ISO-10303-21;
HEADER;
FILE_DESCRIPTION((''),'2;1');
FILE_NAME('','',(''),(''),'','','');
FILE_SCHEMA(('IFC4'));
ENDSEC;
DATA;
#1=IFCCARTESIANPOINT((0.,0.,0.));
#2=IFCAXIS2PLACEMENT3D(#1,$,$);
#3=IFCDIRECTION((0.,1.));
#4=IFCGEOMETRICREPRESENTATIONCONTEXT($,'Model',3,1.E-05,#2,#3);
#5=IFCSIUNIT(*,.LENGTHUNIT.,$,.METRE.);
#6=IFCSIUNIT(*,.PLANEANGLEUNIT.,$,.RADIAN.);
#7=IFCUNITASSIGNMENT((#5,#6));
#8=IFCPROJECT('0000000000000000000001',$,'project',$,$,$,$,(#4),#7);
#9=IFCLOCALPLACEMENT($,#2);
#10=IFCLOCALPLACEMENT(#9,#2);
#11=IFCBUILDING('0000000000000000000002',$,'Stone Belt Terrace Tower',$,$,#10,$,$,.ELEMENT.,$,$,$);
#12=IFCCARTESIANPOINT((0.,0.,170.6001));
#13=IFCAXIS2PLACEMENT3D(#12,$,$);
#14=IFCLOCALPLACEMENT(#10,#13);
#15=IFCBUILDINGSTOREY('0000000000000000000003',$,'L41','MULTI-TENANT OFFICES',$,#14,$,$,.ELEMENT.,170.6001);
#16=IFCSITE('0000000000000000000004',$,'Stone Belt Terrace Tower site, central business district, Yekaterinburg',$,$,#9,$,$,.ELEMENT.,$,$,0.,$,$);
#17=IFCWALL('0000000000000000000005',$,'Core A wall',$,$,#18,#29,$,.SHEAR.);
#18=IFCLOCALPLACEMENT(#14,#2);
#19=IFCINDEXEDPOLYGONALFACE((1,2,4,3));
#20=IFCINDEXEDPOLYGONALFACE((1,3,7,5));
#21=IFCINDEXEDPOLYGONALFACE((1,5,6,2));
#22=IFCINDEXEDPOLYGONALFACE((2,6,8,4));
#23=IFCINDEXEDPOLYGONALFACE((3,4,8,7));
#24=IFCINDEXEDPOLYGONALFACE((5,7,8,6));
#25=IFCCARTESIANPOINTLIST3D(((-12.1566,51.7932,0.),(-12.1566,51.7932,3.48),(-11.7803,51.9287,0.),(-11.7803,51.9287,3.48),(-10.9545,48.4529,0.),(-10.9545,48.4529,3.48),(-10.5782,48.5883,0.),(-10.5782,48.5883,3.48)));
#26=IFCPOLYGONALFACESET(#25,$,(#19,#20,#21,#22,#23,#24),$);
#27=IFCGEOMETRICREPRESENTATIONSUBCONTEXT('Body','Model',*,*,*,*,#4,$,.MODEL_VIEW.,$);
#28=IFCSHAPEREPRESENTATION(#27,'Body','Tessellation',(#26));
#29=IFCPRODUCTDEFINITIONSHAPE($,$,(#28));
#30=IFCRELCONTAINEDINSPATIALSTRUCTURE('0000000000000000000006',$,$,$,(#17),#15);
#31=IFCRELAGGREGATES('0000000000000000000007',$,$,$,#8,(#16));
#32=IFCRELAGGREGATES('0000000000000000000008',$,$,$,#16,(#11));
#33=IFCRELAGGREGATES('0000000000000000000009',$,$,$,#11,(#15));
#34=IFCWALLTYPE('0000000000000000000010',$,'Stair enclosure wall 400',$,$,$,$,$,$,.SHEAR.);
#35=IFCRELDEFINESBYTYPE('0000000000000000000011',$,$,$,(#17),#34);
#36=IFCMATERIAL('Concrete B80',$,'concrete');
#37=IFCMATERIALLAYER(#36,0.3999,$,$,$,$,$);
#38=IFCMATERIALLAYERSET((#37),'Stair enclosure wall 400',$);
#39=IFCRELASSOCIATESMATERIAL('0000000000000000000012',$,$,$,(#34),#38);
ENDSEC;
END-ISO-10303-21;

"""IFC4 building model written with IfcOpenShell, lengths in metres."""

from ifc_helpers import new_model, si_unit, direction, frame, frame_2d, origin, place, context, subcontext, project, spatial, rectangle, extrude, material, layer, layer_set, type_object, element, save


model = new_model("IFC4")

# Units and contexts
model_context = context("Model", 3, precision=1e-05, world=origin(), true_north=direction((0.0, 1.0)))
body_context = subcontext(model_context, "Body", "Model", "MODEL_VIEW")
ifc_project = project(units=[si_unit("LENGTHUNIT", "METRE"), si_unit("PLANEANGLEUNIT", "RADIAN")], contexts=[model_context])

# Site, building, storey
site_placement = place(None, origin())
site = spatial("IfcSite", under=ifc_project, at=site_placement, Name="Stone Belt Terrace Tower site, central business district, Yekaterinburg", CompositionType="ELEMENT", RefElevation=0.0)
building_placement = place(site_placement, origin())
building = spatial("IfcBuilding", under=site, at=building_placement, Name="Stone Belt Terrace Tower", CompositionType="ELEMENT")
storey_placement = place(building_placement, frame((0.0, 0.0, 170.6001)))
storey = spatial("IfcBuildingStorey", under=building, at=storey_placement, Name="L41", Description="MULTI-TENANT OFFICES", CompositionType="ELEMENT", Elevation=170.6001)

# Shared definitions
ifc_material_1 = material(Name="Concrete B80", Category="concrete")

# Wall
ifc_layer_1 = layer(ifc_material_1, 0.3999)
ifc_layer_set_1 = layer_set([ifc_layer_1], Name="Stair enclosure wall 400")
wall_type_1 = type_object("IfcWallType", Name="Stair enclosure wall 400", PredefinedType="SHEAR", material=ifc_layer_set_1)
wall_1_placement = place(storey_placement, frame((-10.7664, 48.5208, 0.0), z_axis=(0.0, 0.0, 1.0), x_axis=(-0.338627, 0.940921, 0.0)))
element("IfcWall", 1, at=wall_1_placement, inside=storey, type_object=wall_type_1, Name="Core A wall", PredefinedType="SHEAR", context=body_context, shape_type="SweptSolid", body=[
    extrude(rectangle(XDim=3.55, YDim=0.3999, at=frame_2d((1.7749, 0.0))), origin(), (0.0, 0.0, 1.0), 3.48),
])

save(model, "model.ifc")
